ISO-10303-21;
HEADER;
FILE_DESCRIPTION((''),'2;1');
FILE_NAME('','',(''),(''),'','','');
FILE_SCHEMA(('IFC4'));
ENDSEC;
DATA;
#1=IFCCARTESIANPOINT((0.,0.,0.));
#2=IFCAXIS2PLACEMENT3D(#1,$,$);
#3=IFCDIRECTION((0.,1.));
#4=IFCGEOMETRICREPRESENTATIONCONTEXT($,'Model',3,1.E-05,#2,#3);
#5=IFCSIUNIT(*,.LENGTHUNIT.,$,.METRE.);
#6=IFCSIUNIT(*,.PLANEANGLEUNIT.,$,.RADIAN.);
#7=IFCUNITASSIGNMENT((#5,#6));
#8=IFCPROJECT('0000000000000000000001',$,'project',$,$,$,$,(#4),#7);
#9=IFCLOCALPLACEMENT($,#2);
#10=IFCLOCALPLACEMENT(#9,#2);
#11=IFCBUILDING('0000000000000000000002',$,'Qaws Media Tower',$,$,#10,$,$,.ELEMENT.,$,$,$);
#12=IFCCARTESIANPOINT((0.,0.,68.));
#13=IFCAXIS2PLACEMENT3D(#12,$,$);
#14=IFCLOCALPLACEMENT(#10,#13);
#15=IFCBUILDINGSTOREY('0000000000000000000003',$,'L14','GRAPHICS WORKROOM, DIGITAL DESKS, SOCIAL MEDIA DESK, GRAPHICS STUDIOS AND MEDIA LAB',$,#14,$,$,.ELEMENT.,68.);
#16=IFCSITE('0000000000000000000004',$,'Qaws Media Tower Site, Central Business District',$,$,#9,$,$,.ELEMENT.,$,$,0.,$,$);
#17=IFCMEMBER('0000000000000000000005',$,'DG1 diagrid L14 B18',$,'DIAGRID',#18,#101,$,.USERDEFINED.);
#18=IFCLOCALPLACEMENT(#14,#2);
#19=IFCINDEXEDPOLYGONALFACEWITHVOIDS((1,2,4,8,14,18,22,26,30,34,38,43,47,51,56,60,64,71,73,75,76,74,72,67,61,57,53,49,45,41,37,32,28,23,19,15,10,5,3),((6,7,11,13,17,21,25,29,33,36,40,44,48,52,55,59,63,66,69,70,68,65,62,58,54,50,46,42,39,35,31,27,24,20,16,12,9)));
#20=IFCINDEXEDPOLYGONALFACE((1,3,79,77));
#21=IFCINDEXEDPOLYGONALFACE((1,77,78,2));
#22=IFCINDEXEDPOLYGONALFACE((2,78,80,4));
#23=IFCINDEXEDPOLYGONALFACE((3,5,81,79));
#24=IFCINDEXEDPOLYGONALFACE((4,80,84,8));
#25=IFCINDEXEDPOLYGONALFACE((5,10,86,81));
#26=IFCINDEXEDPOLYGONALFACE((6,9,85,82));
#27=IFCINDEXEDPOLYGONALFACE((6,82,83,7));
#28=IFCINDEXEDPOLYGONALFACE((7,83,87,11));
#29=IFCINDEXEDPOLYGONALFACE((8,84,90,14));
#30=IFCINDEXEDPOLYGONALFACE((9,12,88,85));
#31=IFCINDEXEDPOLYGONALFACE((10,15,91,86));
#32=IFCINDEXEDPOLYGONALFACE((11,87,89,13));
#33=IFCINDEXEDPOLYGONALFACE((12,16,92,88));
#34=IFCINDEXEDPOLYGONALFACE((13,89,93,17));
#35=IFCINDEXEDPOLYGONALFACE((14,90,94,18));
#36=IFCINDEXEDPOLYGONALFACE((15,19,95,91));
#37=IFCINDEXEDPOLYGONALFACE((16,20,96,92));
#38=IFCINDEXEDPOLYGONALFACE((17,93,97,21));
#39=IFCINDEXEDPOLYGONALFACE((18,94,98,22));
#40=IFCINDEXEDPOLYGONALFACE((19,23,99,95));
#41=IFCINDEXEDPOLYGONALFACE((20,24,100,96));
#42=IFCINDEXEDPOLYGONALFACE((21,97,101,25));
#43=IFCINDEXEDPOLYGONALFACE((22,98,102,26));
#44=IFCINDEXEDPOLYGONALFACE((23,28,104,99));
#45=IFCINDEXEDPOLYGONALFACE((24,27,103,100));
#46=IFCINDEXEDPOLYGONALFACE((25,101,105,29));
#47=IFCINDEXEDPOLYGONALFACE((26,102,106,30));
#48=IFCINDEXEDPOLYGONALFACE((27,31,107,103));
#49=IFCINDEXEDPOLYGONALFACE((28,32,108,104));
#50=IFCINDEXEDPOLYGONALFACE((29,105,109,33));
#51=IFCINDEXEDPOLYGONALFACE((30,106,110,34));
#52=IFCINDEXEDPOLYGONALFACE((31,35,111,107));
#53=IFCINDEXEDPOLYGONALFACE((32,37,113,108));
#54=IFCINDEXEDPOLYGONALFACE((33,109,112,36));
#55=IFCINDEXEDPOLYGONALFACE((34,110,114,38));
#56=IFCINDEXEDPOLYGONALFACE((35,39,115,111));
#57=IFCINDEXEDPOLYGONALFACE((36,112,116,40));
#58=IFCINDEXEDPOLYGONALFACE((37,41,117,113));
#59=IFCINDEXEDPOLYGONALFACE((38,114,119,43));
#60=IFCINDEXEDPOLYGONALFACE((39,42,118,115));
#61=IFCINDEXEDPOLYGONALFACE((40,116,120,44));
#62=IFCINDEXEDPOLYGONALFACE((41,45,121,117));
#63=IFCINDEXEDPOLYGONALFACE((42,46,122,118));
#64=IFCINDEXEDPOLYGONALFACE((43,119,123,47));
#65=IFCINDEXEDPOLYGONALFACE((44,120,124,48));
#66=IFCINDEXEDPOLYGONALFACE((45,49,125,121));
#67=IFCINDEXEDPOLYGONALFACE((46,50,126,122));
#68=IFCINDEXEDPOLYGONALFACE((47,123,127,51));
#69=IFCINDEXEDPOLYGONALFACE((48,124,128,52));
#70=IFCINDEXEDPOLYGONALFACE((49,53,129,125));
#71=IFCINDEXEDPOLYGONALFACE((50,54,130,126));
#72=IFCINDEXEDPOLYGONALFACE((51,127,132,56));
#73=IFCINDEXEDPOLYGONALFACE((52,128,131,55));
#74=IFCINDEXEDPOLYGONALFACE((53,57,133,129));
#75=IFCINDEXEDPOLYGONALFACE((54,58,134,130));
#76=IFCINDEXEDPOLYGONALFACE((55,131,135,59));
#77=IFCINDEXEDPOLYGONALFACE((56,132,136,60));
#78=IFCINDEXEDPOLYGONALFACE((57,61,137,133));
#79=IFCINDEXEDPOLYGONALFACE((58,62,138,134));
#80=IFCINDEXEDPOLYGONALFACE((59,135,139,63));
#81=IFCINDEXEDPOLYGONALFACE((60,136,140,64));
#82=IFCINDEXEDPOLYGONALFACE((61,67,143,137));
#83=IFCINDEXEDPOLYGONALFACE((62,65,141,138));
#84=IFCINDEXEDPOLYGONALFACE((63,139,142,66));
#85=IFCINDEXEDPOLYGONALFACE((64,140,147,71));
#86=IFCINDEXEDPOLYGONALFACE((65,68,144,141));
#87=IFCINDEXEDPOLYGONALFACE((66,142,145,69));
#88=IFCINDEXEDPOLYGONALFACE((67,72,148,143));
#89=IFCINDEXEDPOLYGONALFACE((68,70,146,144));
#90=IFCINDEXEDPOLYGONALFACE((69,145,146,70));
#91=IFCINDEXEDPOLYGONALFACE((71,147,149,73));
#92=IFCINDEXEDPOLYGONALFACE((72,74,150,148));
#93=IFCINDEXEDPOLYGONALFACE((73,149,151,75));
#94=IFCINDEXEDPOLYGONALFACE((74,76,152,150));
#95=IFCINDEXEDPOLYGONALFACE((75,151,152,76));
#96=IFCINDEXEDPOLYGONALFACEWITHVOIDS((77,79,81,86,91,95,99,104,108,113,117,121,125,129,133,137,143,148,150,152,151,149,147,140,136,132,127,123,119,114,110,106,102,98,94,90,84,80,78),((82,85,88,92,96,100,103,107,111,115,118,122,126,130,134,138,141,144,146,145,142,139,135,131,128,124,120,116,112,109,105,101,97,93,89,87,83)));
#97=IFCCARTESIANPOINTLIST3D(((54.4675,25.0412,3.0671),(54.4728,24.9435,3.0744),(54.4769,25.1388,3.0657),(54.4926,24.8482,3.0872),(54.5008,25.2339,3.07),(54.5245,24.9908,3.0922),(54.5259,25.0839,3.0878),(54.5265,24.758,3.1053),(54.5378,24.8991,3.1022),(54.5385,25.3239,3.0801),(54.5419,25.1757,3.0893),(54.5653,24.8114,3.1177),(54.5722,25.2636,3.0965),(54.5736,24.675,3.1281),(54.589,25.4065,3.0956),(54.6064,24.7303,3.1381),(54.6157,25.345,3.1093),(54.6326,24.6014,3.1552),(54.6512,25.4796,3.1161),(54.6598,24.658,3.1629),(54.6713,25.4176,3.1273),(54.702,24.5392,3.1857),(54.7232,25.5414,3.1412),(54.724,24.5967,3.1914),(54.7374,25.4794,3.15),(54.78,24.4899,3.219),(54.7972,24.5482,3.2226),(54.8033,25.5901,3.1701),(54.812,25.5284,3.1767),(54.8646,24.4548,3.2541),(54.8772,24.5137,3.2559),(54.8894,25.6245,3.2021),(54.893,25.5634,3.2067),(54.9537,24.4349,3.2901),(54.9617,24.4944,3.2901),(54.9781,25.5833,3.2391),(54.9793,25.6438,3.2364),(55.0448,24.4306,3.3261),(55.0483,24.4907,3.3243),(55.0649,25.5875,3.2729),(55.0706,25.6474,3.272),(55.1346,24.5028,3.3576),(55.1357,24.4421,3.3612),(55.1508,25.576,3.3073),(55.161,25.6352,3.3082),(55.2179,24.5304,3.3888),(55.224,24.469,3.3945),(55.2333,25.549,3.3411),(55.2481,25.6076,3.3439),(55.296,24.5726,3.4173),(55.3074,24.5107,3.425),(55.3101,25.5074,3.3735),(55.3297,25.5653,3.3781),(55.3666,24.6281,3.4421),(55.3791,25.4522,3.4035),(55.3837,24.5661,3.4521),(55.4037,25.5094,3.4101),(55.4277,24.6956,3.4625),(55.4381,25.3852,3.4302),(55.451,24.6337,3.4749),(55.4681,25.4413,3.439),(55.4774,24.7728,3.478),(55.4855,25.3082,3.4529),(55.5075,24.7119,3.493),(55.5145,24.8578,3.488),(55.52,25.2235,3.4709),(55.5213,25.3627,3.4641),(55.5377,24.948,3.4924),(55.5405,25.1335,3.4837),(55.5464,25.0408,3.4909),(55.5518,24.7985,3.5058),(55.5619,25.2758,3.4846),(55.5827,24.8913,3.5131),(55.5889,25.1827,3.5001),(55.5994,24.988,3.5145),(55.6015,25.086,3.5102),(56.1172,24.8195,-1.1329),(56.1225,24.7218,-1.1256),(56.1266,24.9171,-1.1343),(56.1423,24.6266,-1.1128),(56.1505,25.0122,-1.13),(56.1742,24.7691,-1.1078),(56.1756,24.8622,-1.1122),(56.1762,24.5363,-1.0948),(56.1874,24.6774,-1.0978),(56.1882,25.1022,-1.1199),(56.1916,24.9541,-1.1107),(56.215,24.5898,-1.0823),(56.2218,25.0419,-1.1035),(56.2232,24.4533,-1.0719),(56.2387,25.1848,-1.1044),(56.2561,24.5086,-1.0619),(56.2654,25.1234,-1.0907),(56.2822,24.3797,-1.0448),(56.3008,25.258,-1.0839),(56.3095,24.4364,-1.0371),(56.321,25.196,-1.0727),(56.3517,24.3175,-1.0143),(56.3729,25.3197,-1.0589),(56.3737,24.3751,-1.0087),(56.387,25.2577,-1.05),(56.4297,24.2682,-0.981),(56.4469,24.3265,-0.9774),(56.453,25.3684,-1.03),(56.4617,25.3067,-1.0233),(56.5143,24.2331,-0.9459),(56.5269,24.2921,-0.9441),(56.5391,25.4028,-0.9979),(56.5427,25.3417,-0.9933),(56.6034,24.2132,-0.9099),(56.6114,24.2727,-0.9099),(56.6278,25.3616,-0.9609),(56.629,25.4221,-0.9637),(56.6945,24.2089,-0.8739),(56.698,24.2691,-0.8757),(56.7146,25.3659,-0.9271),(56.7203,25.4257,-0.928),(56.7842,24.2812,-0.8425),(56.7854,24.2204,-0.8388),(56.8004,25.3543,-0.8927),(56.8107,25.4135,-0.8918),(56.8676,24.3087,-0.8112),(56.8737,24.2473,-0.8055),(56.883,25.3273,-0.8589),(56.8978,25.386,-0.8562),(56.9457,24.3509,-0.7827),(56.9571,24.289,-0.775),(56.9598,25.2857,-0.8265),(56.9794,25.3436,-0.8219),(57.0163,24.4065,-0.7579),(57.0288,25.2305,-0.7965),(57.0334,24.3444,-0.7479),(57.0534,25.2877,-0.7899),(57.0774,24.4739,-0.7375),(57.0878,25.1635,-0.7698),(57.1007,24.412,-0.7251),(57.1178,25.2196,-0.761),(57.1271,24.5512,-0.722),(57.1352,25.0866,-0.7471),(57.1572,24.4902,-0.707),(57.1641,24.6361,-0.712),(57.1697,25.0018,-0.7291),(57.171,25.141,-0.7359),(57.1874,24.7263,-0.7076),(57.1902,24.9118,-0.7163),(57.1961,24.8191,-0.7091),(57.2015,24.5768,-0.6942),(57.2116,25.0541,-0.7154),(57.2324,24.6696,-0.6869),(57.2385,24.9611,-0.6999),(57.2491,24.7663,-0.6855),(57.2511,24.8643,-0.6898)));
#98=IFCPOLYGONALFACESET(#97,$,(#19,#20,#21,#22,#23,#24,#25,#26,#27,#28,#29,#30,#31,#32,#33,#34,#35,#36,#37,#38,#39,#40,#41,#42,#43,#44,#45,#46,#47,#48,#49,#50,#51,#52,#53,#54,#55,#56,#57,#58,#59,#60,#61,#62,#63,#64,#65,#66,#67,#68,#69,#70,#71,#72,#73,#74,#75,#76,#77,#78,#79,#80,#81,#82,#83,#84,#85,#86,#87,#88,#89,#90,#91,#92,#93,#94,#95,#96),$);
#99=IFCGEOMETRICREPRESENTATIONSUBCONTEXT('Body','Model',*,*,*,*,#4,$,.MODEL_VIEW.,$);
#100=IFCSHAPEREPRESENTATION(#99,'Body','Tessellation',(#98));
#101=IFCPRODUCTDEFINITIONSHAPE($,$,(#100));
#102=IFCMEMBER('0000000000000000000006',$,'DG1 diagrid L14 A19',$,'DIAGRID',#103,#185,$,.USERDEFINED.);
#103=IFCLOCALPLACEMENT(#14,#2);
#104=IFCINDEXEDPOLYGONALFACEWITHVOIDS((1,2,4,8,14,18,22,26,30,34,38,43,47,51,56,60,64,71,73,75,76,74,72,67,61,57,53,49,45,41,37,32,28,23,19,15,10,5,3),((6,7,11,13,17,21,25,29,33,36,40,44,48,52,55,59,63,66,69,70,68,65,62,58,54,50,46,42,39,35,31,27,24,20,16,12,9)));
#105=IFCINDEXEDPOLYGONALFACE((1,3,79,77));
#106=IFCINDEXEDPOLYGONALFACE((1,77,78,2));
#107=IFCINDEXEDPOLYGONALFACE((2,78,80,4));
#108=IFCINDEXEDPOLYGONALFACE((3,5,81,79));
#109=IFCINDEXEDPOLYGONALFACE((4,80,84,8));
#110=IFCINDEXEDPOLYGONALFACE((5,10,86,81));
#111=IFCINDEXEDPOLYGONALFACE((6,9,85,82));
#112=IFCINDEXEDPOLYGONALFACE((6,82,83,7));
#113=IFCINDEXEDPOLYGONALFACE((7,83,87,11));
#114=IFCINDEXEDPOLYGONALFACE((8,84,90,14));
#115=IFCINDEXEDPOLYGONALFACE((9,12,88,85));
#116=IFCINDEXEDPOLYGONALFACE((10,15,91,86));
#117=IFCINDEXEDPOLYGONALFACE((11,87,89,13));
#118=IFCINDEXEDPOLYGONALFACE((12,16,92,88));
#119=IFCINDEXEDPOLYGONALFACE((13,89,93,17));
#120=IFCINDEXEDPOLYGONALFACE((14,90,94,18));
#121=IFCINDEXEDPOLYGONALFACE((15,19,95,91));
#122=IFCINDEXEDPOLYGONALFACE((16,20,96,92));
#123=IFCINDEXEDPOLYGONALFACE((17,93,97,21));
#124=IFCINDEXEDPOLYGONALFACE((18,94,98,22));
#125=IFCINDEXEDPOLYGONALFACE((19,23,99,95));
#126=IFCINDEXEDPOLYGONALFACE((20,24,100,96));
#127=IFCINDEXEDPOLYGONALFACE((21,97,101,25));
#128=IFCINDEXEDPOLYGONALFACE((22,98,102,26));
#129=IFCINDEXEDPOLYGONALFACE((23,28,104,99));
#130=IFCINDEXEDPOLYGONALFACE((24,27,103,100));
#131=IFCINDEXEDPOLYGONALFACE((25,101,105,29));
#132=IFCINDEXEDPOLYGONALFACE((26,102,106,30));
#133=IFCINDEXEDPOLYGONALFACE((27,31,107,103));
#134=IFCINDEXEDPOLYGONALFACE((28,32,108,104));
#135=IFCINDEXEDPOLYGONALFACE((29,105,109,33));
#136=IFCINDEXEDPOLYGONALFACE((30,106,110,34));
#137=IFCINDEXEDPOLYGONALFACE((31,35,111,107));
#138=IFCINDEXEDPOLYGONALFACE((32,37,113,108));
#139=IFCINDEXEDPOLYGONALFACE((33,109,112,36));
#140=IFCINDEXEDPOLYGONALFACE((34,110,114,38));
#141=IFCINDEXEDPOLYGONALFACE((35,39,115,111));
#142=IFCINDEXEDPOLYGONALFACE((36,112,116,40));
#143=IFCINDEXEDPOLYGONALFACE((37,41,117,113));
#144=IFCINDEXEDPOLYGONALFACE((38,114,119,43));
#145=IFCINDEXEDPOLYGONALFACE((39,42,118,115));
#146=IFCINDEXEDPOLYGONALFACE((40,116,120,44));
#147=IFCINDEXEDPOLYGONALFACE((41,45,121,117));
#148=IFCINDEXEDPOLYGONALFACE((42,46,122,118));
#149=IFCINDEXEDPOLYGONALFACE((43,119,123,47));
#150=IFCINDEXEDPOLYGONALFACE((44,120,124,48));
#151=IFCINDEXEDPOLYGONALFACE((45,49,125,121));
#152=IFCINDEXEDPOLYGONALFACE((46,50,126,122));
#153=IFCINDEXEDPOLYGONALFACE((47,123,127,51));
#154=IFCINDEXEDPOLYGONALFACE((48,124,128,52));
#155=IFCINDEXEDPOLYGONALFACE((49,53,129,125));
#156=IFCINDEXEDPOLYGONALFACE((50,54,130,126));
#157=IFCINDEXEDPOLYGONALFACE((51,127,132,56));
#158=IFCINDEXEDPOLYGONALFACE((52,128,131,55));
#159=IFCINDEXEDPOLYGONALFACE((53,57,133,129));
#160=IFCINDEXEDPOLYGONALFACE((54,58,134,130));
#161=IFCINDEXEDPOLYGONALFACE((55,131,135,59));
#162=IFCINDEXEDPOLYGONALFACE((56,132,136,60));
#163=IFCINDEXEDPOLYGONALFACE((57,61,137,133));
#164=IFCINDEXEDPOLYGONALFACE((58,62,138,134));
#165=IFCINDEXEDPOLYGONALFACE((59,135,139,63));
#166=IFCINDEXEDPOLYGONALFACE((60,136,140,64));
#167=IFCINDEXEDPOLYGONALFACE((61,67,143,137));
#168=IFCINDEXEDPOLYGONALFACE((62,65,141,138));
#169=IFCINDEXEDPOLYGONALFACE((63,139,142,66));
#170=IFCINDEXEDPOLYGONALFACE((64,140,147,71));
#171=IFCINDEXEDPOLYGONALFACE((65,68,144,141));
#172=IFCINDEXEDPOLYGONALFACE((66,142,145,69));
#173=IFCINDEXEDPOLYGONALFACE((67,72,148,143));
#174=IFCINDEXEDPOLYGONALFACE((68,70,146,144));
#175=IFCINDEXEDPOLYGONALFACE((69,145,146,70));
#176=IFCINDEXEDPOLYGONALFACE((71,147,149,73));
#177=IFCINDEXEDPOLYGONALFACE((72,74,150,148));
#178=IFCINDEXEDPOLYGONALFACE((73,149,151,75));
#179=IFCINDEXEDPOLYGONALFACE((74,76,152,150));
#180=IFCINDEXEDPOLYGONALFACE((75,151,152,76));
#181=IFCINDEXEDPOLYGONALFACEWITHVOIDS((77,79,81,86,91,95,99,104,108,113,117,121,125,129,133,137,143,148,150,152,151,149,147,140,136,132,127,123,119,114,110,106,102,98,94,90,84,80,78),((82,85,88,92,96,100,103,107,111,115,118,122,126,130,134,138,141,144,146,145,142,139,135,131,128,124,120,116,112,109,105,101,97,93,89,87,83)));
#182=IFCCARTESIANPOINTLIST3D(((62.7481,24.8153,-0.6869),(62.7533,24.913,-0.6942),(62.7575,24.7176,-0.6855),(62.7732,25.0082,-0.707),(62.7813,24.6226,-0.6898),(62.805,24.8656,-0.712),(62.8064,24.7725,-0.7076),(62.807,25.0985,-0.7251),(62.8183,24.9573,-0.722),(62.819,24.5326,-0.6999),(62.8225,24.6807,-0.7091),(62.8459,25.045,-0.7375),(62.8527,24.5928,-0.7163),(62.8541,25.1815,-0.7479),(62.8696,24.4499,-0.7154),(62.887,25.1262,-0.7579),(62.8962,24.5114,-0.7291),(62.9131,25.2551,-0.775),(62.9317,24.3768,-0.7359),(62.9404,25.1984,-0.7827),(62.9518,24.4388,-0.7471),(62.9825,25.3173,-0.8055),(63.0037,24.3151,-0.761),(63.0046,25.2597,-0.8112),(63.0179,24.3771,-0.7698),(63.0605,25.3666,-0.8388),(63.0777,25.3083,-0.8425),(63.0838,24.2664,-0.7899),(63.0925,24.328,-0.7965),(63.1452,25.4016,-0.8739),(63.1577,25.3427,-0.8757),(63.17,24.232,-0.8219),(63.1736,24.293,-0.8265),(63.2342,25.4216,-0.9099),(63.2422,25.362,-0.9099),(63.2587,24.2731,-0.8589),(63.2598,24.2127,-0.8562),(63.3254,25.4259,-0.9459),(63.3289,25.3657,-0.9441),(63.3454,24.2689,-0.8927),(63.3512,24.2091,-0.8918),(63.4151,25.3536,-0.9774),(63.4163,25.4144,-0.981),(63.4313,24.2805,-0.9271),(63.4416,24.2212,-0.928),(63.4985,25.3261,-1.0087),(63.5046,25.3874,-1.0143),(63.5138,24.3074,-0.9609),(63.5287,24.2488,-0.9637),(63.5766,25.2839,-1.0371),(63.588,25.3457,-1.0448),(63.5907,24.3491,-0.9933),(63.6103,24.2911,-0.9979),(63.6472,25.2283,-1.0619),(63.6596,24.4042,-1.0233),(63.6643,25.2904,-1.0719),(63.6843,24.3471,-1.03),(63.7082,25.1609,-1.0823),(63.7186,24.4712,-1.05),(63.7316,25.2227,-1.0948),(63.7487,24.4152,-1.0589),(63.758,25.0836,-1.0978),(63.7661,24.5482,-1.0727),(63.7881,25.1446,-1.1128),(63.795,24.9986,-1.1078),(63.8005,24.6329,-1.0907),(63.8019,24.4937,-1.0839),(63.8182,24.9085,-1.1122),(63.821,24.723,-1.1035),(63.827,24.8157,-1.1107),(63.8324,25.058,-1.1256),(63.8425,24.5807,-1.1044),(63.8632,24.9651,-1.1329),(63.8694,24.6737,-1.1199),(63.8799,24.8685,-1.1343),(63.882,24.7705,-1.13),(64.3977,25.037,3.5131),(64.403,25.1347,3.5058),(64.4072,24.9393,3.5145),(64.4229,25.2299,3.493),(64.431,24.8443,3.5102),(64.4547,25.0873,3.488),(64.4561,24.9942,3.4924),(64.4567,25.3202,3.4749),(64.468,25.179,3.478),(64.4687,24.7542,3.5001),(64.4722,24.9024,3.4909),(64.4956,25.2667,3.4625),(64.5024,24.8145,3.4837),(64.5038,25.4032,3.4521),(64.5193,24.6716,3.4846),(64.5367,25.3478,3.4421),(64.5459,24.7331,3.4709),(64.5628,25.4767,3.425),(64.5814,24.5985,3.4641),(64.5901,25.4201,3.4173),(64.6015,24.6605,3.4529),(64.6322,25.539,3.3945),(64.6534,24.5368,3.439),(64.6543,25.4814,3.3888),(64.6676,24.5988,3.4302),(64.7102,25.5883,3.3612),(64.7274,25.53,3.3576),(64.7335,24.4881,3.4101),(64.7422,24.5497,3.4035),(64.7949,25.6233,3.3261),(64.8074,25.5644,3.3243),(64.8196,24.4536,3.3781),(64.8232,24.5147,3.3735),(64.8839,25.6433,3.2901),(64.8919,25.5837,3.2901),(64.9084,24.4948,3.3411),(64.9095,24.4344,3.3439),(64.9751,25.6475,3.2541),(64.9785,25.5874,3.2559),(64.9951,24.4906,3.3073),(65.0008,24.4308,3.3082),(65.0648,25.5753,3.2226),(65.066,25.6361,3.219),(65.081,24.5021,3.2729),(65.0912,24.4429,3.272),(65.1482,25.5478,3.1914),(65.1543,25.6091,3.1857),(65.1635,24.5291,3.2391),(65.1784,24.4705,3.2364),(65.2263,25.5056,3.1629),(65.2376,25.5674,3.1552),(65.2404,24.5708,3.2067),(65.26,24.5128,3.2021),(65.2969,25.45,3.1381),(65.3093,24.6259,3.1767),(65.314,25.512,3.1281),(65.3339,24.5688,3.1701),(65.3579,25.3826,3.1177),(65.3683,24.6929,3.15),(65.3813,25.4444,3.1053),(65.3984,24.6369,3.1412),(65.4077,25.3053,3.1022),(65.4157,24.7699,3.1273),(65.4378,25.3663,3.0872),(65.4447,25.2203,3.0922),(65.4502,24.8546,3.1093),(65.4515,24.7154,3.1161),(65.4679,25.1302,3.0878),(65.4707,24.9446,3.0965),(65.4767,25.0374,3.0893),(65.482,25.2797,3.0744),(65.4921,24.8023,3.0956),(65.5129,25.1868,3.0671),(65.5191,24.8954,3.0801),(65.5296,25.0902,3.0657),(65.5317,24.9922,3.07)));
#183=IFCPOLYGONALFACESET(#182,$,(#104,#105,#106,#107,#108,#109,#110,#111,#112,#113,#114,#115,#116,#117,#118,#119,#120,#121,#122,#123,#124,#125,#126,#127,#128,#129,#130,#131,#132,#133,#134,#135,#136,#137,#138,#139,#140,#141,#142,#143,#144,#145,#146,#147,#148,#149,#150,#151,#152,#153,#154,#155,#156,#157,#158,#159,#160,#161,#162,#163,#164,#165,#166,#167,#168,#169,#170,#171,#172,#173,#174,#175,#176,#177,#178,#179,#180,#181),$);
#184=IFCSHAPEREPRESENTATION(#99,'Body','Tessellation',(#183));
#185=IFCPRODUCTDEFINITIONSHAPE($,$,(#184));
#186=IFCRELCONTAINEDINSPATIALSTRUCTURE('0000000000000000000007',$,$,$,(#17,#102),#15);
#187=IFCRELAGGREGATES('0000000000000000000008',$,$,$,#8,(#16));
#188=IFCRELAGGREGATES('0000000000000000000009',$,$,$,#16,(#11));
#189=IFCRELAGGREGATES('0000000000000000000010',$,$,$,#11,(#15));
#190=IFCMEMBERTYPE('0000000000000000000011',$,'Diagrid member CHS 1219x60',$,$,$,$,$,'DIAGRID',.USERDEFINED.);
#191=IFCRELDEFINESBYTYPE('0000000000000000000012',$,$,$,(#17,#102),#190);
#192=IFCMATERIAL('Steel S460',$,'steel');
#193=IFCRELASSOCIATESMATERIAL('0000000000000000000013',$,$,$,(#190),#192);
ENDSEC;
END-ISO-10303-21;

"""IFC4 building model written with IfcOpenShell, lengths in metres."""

from ifc_helpers import new_model, si_unit, direction, frame, origin, origin_2d, place, context, subcontext, project, spatial, hollow_circle, extrude, material, material_profile, profile_set, type_object, element, save


model = new_model("IFC4")

# Units and contexts
model_context = context("Model", 3, precision=1e-05, world=origin(), true_north=direction((0.0, 1.0)))
body_context = subcontext(model_context, "Body", "Model", "MODEL_VIEW")
ifc_project = project(units=[si_unit("LENGTHUNIT", "METRE"), si_unit("PLANEANGLEUNIT", "RADIAN")], contexts=[model_context])

# Site, building, storey
site_placement = place(None, origin())
site = spatial("IfcSite", under=ifc_project, at=site_placement, Name="Qaws Media Tower Site, Central Business District", CompositionType="ELEMENT", RefElevation=0.0)
building_placement = place(site_placement, origin())
building = spatial("IfcBuilding", under=site, at=building_placement, Name="Qaws Media Tower", CompositionType="ELEMENT")
storey_placement = place(building_placement, frame((0.0, 0.0, 68.0)))
storey = spatial("IfcBuildingStorey", under=building, at=storey_placement, Name="L14", Description="GRAPHICS WORKROOM, DIGITAL DESKS, SOCIAL MEDIA DESK, GRAPHICS STUDIOS AND MEDIA LAB", CompositionType="ELEMENT", Elevation=68.0)

# Members
ifc_material_1 = material(Name="Steel S460", Category="steel")
ifc_material_profile_1 = material_profile(ifc_material_1, hollow_circle(Radius=0.6096, WallThickness=0.0601, at=origin_2d()), Name="CHS 1219x60")
ifc_profile_set_1 = profile_set([ifc_material_profile_1], Name="Steel S460")
member_type_1 = type_object("IfcMemberType", Name="Diagrid member CHS 1219x60", ElementType="DIAGRID", PredefinedType="USERDEFINED", material=ifc_profile_set_1)
for number, where, z_axis, x_axis, name in (
    (1, (56.6846, 24.8174, -0.9099), (-0.36515, 0.049069, 0.929655), (-0.133182, -0.991092, 0.0), "DG1 diagrid L14 B18"),
    (2, (63.3154, 24.8174, -0.9099), (0.36515, 0.049069, 0.929655), (-0.133182, 0.991092, 0.0), "DG1 diagrid L14 A19"),
):
    element("IfcMember", number, at=place(storey_placement, frame(where, z_axis=z_axis, x_axis=x_axis)), inside=storey, type_object=member_type_1, Name=name, ObjectType="DIAGRID", PredefinedType="USERDEFINED", context=body_context, shape_type="SweptSolid", body=[
        extrude(hollow_circle(Radius=0.6096, WallThickness=0.0601, at=origin_2d()), origin(), (0.0, 0.0, 1.0), 4.5178),
    ])

save(model, "model.ifc")
